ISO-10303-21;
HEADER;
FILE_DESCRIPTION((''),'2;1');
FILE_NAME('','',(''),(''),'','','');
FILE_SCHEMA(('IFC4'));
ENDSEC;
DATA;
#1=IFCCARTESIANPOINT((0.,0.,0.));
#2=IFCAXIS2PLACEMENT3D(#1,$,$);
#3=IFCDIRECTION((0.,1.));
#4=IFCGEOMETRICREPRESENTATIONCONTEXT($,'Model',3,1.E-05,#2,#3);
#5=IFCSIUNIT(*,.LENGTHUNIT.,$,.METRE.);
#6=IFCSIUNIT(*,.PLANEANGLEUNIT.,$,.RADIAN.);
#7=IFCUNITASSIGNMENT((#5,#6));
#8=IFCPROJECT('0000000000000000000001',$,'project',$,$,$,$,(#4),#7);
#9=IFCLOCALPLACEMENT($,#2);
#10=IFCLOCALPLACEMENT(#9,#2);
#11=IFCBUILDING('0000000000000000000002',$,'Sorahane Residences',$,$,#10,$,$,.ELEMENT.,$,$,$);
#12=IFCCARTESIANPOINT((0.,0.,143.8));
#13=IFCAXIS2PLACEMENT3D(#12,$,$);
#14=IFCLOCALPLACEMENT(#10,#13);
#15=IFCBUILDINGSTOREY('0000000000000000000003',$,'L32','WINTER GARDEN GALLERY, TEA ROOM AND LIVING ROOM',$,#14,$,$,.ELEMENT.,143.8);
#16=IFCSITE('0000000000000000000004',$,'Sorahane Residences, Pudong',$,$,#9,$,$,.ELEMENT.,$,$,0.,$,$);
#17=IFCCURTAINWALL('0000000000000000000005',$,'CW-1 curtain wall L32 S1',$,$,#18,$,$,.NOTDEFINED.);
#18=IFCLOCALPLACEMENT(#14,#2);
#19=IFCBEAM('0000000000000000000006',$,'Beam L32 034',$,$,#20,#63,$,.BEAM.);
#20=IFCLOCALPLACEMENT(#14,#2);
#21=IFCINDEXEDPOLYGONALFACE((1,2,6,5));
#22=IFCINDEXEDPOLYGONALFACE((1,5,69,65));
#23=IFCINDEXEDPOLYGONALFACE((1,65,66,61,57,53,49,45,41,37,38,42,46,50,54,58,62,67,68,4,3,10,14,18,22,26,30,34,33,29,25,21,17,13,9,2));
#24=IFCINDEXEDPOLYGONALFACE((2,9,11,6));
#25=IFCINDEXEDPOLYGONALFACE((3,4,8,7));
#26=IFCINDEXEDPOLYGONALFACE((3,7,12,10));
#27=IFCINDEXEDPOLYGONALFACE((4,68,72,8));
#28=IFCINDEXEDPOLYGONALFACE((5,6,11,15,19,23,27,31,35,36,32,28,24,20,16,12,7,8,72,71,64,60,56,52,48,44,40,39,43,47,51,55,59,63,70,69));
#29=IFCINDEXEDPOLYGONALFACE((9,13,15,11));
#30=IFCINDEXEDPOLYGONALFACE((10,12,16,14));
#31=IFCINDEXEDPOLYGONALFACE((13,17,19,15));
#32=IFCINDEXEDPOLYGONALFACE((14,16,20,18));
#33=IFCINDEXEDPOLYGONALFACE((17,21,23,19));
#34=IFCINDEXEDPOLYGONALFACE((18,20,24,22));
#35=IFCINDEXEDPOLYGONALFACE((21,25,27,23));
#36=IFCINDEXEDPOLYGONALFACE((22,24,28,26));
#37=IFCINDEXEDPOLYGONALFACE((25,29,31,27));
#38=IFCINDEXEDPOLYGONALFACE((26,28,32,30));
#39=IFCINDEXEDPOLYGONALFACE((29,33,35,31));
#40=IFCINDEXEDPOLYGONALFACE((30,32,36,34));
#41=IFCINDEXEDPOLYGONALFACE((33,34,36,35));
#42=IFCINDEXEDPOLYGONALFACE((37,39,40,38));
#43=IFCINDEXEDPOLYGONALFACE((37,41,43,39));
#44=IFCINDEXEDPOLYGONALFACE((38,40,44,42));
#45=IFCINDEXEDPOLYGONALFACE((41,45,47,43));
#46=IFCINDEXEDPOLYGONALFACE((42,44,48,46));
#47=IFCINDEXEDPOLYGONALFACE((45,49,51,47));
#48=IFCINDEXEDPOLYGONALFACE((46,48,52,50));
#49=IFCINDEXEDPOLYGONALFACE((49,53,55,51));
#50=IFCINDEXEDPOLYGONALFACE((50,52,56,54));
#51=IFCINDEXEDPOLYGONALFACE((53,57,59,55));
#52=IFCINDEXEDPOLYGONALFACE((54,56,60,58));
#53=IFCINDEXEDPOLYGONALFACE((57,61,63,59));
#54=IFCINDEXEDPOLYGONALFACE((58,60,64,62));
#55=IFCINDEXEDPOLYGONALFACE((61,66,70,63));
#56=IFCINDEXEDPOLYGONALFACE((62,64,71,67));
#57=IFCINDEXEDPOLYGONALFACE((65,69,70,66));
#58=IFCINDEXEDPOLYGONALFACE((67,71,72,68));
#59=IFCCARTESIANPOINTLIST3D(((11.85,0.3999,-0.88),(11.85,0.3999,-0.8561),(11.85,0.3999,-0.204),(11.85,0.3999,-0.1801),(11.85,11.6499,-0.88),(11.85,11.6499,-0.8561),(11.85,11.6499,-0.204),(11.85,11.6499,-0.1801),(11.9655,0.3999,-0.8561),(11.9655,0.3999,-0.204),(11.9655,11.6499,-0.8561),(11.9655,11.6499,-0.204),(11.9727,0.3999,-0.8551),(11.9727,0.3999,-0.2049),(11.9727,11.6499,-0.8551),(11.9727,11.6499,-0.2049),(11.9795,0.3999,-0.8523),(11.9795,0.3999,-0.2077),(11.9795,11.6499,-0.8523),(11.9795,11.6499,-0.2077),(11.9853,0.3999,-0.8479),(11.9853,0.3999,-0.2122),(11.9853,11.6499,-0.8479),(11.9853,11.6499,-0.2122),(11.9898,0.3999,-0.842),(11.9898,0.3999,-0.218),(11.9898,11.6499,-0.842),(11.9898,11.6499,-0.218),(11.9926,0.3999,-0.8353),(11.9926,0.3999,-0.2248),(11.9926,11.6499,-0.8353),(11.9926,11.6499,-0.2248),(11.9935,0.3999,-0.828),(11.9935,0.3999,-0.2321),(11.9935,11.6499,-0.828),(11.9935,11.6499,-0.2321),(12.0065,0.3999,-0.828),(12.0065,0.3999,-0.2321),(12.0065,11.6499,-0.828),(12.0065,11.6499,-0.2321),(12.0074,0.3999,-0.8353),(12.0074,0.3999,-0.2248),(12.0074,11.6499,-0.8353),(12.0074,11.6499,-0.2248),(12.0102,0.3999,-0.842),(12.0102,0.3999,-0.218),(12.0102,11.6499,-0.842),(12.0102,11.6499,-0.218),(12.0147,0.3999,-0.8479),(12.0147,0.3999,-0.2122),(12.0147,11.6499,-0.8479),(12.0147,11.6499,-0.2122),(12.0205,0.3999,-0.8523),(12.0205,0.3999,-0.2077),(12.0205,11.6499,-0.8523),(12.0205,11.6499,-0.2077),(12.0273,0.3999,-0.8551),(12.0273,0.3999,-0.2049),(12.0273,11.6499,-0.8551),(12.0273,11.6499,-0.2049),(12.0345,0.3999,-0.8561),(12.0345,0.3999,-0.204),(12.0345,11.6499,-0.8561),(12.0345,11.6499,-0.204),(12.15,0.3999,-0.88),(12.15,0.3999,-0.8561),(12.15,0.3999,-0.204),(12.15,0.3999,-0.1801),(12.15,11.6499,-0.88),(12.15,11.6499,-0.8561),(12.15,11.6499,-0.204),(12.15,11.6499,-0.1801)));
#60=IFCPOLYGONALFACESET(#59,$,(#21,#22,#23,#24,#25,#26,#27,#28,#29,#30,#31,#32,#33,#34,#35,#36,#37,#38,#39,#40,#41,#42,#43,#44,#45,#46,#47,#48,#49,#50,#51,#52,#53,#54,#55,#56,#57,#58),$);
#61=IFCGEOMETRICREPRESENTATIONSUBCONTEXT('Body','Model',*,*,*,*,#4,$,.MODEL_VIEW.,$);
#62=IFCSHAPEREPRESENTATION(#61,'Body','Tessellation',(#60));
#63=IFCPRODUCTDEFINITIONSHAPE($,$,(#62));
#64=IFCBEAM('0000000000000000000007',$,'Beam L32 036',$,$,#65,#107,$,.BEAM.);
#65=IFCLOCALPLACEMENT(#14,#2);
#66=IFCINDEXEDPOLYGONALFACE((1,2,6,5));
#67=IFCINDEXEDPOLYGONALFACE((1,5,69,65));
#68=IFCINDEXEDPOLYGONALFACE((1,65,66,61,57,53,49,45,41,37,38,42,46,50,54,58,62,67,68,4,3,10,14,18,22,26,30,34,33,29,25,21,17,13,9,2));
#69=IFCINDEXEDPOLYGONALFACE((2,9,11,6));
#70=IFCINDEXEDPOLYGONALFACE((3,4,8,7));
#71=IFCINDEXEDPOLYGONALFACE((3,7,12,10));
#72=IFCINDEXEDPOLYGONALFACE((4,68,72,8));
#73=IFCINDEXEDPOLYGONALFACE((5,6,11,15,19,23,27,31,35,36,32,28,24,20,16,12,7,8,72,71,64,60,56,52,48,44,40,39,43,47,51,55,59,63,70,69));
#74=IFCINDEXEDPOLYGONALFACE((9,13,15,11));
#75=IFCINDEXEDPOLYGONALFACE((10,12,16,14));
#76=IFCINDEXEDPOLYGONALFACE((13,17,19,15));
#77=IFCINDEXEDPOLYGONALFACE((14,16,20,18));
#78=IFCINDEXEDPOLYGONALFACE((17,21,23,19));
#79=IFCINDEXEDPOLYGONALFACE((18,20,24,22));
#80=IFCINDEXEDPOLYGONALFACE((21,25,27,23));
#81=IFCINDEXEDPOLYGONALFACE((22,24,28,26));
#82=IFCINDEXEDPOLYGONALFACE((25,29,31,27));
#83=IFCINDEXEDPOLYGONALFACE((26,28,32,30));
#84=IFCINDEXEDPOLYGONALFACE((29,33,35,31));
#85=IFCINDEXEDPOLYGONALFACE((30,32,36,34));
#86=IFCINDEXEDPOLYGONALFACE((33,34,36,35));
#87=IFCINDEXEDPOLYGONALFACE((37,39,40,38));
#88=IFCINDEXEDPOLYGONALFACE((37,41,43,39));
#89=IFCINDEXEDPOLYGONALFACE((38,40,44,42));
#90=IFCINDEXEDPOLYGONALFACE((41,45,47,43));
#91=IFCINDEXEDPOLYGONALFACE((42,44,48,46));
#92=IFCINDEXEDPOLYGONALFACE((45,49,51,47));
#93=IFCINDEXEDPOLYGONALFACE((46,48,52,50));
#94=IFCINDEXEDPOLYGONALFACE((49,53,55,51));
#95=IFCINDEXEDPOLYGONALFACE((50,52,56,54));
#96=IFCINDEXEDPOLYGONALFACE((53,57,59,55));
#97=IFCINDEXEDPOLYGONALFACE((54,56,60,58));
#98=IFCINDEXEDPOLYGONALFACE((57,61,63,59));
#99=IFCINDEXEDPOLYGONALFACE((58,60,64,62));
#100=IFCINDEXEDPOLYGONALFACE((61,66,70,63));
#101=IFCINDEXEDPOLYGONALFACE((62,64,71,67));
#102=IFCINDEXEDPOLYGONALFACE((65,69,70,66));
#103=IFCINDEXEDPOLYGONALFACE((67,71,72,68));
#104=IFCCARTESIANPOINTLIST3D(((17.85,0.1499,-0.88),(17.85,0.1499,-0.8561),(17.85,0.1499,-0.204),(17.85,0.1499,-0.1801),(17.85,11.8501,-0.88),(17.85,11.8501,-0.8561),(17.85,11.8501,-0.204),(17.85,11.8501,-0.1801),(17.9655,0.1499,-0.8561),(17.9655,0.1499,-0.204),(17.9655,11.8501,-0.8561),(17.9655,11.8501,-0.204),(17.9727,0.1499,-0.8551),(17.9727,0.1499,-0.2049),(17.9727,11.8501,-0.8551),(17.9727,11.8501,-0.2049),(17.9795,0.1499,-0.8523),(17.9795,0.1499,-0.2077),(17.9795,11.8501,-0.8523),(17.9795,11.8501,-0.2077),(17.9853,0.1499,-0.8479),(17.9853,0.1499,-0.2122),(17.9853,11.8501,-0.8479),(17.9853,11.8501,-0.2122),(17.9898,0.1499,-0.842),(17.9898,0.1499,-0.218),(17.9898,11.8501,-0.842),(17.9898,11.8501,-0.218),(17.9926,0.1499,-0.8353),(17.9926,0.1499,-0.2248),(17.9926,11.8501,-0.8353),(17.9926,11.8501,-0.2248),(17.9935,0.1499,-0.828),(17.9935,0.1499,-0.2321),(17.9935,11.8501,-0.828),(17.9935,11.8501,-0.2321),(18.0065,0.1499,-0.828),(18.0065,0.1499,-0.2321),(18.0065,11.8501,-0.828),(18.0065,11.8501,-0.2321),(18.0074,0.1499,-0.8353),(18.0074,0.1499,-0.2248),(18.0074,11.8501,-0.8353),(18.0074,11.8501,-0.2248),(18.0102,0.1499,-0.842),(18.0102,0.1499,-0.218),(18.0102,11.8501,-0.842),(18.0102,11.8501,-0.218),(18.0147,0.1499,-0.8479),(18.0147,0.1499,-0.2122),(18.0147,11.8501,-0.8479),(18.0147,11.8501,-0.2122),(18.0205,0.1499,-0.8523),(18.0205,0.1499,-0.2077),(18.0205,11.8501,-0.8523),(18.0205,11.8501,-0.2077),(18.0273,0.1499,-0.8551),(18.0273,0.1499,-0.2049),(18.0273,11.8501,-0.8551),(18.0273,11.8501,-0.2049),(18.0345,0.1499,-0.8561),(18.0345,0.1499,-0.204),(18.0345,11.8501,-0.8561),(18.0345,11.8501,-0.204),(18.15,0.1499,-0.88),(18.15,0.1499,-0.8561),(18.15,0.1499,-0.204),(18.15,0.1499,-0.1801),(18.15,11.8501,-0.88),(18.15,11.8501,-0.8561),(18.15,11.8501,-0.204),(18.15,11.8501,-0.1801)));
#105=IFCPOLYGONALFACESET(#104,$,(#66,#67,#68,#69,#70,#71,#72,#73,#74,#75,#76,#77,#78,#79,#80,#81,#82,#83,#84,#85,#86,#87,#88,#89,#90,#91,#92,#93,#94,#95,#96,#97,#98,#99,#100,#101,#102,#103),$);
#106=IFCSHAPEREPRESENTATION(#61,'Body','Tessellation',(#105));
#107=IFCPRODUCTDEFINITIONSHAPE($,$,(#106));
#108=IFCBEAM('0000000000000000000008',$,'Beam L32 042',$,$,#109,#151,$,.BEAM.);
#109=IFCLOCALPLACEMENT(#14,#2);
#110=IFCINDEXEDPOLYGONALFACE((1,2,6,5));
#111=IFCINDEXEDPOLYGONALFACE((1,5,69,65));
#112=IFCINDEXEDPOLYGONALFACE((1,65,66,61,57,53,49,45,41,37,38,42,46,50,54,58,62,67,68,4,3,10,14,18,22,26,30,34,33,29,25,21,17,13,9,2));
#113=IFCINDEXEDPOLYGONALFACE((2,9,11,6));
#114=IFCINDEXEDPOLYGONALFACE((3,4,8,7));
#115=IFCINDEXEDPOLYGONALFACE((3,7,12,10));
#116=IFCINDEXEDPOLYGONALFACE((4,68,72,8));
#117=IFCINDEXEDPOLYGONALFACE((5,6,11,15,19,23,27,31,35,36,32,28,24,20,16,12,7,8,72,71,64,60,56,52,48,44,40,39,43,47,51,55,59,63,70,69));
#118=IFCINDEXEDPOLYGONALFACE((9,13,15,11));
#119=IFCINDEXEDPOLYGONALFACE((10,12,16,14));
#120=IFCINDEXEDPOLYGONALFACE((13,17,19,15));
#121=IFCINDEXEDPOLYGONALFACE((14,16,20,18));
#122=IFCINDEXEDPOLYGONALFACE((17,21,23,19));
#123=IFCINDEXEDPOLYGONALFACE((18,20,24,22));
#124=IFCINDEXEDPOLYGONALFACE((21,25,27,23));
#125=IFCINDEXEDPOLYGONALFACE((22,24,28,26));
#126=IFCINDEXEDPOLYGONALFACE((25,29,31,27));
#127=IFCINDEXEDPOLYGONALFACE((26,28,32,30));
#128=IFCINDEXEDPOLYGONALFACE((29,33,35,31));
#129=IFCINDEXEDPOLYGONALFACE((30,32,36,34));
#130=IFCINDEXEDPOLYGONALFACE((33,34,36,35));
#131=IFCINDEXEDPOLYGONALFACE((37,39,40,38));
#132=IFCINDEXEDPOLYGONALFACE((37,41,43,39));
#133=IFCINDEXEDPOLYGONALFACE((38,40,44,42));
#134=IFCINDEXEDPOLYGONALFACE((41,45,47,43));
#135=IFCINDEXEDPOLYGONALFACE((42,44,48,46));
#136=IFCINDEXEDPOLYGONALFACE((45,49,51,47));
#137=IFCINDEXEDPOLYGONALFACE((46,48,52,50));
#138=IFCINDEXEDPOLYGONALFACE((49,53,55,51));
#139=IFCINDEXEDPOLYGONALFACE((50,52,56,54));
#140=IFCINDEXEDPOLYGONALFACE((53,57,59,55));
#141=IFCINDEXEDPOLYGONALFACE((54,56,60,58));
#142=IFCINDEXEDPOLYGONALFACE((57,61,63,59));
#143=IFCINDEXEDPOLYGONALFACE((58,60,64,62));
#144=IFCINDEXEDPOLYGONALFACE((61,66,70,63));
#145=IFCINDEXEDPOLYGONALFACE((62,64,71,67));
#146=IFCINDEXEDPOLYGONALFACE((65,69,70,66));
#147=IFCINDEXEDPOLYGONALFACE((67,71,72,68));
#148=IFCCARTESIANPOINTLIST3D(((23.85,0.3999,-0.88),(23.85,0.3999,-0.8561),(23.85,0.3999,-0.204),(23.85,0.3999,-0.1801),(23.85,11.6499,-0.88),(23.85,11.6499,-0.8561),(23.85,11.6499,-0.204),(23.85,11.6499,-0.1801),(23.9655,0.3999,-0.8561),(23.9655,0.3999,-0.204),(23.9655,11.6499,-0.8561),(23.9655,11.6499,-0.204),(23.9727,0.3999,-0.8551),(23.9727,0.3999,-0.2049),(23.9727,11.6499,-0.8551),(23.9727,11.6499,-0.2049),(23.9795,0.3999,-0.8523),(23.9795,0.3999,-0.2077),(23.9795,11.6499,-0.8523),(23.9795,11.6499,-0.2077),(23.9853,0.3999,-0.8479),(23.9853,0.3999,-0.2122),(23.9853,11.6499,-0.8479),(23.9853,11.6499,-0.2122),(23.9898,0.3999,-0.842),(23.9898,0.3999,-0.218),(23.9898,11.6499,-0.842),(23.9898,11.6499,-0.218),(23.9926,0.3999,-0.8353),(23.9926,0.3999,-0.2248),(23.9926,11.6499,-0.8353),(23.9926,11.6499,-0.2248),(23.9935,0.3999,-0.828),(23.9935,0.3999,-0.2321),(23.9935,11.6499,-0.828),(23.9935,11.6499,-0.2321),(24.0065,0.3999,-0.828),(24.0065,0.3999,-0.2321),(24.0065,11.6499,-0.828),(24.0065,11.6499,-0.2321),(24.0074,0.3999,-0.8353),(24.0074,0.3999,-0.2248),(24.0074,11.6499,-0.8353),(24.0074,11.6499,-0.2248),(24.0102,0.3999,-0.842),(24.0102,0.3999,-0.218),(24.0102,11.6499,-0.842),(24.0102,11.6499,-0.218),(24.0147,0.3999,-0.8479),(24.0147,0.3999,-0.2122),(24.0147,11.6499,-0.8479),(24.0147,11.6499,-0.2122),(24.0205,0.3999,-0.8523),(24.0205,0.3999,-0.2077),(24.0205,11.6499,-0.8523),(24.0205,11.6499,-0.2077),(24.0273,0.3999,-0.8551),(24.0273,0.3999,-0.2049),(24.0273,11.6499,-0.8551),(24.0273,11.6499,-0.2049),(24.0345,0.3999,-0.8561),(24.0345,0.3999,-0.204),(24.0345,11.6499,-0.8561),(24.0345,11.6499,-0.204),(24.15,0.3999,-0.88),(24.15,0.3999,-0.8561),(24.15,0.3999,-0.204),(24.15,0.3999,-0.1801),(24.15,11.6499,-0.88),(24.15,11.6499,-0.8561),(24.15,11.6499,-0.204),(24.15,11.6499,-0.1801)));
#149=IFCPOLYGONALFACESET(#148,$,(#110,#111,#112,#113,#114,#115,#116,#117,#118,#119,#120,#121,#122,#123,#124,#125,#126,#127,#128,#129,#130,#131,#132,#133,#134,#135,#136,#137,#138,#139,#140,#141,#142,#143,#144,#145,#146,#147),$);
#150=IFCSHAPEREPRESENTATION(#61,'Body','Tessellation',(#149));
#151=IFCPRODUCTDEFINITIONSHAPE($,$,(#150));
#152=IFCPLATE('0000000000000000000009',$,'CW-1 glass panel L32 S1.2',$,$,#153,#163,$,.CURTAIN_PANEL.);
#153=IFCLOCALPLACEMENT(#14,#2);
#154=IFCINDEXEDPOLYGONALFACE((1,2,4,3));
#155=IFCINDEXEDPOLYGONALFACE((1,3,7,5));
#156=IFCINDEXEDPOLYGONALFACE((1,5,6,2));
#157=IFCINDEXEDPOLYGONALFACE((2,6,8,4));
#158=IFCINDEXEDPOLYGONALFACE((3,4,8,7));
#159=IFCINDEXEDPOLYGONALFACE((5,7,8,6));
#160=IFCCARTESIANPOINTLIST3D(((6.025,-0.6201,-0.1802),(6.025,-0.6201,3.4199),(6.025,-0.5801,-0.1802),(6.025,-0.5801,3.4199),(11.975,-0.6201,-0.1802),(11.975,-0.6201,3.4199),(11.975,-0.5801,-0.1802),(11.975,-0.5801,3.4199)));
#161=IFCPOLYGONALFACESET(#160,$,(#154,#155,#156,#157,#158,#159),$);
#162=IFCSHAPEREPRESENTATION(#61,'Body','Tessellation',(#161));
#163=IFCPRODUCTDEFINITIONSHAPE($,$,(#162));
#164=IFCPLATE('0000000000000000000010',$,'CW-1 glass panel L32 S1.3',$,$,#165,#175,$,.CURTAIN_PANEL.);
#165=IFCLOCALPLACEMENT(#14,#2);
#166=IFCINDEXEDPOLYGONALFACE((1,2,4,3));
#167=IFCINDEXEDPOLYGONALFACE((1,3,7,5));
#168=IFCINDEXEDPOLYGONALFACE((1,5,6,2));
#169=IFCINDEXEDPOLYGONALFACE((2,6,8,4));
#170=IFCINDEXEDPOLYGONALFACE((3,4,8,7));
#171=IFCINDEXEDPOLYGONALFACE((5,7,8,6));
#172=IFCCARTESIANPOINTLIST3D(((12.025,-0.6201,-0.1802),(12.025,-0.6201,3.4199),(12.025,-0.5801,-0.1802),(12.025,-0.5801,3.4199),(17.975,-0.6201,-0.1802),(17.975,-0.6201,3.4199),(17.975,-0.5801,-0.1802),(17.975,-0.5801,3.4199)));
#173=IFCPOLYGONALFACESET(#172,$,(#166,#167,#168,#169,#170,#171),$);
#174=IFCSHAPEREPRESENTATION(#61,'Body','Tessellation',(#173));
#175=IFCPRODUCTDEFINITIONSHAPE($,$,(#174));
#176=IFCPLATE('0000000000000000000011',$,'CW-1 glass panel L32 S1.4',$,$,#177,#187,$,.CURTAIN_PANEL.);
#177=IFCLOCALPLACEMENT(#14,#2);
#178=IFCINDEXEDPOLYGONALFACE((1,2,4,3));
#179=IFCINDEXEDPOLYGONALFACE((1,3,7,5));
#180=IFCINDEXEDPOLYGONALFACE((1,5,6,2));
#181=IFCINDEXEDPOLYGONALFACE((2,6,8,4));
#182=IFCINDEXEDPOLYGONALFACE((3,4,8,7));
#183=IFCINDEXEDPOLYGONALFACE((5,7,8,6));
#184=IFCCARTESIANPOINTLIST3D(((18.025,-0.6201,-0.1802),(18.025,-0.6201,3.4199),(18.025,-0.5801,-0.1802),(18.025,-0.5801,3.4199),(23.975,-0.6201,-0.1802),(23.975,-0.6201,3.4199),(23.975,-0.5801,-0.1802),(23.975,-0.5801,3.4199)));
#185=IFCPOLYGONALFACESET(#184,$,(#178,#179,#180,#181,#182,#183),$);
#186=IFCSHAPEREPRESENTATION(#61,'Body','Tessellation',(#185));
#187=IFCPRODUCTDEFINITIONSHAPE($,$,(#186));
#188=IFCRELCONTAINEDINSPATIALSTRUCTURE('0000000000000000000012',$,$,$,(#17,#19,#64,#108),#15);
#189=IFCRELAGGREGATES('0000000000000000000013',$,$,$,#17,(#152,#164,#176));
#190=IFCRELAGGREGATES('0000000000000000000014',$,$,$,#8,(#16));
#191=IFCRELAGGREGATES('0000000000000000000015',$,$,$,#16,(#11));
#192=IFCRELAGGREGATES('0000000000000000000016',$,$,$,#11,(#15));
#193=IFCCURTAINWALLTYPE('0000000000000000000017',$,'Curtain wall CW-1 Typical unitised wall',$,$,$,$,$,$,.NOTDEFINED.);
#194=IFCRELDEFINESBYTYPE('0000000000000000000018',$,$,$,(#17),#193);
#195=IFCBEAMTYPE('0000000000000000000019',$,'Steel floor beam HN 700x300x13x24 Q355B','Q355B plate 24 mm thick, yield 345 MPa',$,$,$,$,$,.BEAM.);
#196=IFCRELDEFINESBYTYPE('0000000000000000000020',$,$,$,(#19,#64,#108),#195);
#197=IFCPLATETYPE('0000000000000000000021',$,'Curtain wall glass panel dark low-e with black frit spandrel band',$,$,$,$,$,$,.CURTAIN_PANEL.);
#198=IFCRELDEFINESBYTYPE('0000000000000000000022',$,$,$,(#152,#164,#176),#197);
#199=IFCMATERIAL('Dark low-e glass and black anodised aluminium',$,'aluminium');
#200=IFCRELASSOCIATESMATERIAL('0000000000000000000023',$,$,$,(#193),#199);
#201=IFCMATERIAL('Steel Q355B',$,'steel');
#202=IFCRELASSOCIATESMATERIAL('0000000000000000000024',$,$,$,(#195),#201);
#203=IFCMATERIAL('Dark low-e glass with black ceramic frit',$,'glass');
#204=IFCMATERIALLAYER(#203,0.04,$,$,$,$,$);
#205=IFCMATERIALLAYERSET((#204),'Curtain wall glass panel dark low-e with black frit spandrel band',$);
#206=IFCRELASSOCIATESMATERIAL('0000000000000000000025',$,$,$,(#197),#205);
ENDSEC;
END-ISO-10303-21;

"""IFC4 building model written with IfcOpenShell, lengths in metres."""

from ifc_helpers import new_model, si_unit, direction, frame, origin, origin_2d, place, context, subcontext, project, spatial, rectangle, i_section, extrude, material, layer, layer_set, material_profile, profile_set, type_object, element, aggregate, save


model = new_model("IFC4")

# Units and contexts
model_context = context("Model", 3, precision=1e-05, world=origin(), true_north=direction((0.0, 1.0)))
body_context = subcontext(model_context, "Body", "Model", "MODEL_VIEW")
ifc_project = project(units=[si_unit("LENGTHUNIT", "METRE"), si_unit("PLANEANGLEUNIT", "RADIAN")], contexts=[model_context])

# Site, building, storey
site_placement = place(None, origin())
site = spatial("IfcSite", under=ifc_project, at=site_placement, Name="Sorahane Residences, Pudong", CompositionType="ELEMENT", RefElevation=0.0)
building_placement = place(site_placement, origin())
building = spatial("IfcBuilding", under=site, at=building_placement, Name="Sorahane Residences", CompositionType="ELEMENT")
storey_placement = place(building_placement, frame((0.0, 0.0, 143.8)))
storey = spatial("IfcBuildingStorey", under=building, at=storey_placement, Name="L32", Description="WINTER GARDEN GALLERY, TEA ROOM AND LIVING ROOM", CompositionType="ELEMENT", Elevation=143.8)

# Curtain wall
ifc_material_1 = material(Name="Dark low-e glass and black anodised aluminium", Category="aluminium")
curtain_wall_type = type_object("IfcCurtainWallType", Name="Curtain wall CW-1 Typical unitised wall", PredefinedType="NOTDEFINED", material=ifc_material_1)
curtain_wall_placement = place(storey_placement, origin())
curtain_wall = element("IfcCurtainWall", 1, at=curtain_wall_placement, inside=storey, type_object=curtain_wall_type, Name="CW-1 curtain wall L32 S1", PredefinedType="NOTDEFINED")

# Beams
ifc_material_2 = material(Name="Steel Q355B", Category="steel")
ifc_material_profile_1 = material_profile(ifc_material_2, i_section(OverallWidth=0.3, OverallDepth=0.7, WebThickness=0.0129, FlangeThickness=0.0239, FilletRadius=0.0281, at=origin_2d()), Name="HN 700x300x13x24")
ifc_profile_set_1 = profile_set([ifc_material_profile_1], Name="Steel Q355B")
beam_type_1 = type_object("IfcBeamType", Name="Steel floor beam HN 700x300x13x24 Q355B", Description="Q355B plate 24 mm thick, yield 345 MPa", PredefinedType="BEAM", material=ifc_profile_set_1)
beam_1_placement = place(storey_placement, frame((12.0, 0.3999, -0.53), z_axis=(0.0, 1.0, 0.0), x_axis=(-1.0, 0.0, 0.0)))
element("IfcBeam", 2, at=beam_1_placement, inside=storey, type_object=beam_type_1, Name="Beam L32 034", PredefinedType="BEAM", context=body_context, shape_type="SweptSolid", body=[
    extrude(i_section(OverallWidth=0.3, OverallDepth=0.7, WebThickness=0.0129, FlangeThickness=0.0239, FilletRadius=0.0281, at=origin_2d()), origin(), (0.0, 0.0, 1.0), 11.25),
])
beam_2_placement = place(storey_placement, frame((18.0, 0.1499, -0.53), z_axis=(0.0, 1.0, 0.0), x_axis=(-1.0, 0.0, 0.0)))
element("IfcBeam", 3, at=beam_2_placement, inside=storey, type_object=beam_type_1, Name="Beam L32 036", PredefinedType="BEAM", context=body_context, shape_type="SweptSolid", body=[
    extrude(i_section(OverallWidth=0.3, OverallDepth=0.7, WebThickness=0.0129, FlangeThickness=0.0239, FilletRadius=0.0281, at=origin_2d()), origin(), (0.0, 0.0, 1.0), 11.7002),
])
beam_3_placement = place(storey_placement, frame((24.0, 0.3999, -0.53), z_axis=(0.0, 1.0, 0.0), x_axis=(-1.0, 0.0, 0.0)))
element("IfcBeam", 4, at=beam_3_placement, inside=storey, type_object=beam_type_1, Name="Beam L32 042", PredefinedType="BEAM", context=body_context, shape_type="SweptSolid", body=[
    extrude(i_section(OverallWidth=0.3, OverallDepth=0.7, WebThickness=0.0129, FlangeThickness=0.0239, FilletRadius=0.0281, at=origin_2d()), origin(), (0.0, 0.0, 1.0), 11.25),
])

# Plates
ifc_material_3 = material(Name="Dark low-e glass with black ceramic frit", Category="glass")
ifc_layer_1 = layer(ifc_material_3, 0.04)
ifc_layer_set_1 = layer_set([ifc_layer_1], Name="Curtain wall glass panel dark low-e with black frit spandrel band")
plate_type = type_object("IfcPlateType", Name="Curtain wall glass panel dark low-e with black frit spandrel band", PredefinedType="CURTAIN_PANEL", material=ifc_layer_set_1)
plate_1_placement = place(storey_placement, frame((9.0, -0.6001, -0.1802), z_axis=(0.0, 0.0, 1.0), x_axis=(1.0, 0.0, 0.0)))
plate_1 = element("IfcPlate", 5, at=plate_1_placement, type_object=plate_type, Name="CW-1 glass panel L32 S1.2", PredefinedType="CURTAIN_PANEL", context=body_context, shape_type="SweptSolid", body=[
    extrude(rectangle(XDim=5.95, YDim=0.04, at=origin_2d()), origin(), (0.0, 0.0, 1.0), 3.6001),
])
plate_2_placement = place(storey_placement, frame((15.0, -0.6001, -0.1802), z_axis=(0.0, 0.0, 1.0), x_axis=(1.0, 0.0, 0.0)))
plate_2 = element("IfcPlate", 6, at=plate_2_placement, type_object=plate_type, Name="CW-1 glass panel L32 S1.3", PredefinedType="CURTAIN_PANEL", context=body_context, shape_type="SweptSolid", body=[
    extrude(rectangle(XDim=5.95, YDim=0.04, at=origin_2d()), origin(), (0.0, 0.0, 1.0), 3.6001),
])
plate_3_placement = place(storey_placement, frame((21.0, -0.6001, -0.1802), z_axis=(0.0, 0.0, 1.0), x_axis=(1.0, 0.0, 0.0)))
plate_3 = element("IfcPlate", 7, at=plate_3_placement, type_object=plate_type, Name="CW-1 glass panel L32 S1.4", PredefinedType="CURTAIN_PANEL", context=body_context, shape_type="SweptSolid", body=[
    extrude(rectangle(XDim=5.95, YDim=0.04, at=origin_2d()), origin(), (0.0, 0.0, 1.0), 3.6001),
])
aggregate(curtain_wall, [plate_1, plate_2, plate_3])

save(model, "model.ifc")
